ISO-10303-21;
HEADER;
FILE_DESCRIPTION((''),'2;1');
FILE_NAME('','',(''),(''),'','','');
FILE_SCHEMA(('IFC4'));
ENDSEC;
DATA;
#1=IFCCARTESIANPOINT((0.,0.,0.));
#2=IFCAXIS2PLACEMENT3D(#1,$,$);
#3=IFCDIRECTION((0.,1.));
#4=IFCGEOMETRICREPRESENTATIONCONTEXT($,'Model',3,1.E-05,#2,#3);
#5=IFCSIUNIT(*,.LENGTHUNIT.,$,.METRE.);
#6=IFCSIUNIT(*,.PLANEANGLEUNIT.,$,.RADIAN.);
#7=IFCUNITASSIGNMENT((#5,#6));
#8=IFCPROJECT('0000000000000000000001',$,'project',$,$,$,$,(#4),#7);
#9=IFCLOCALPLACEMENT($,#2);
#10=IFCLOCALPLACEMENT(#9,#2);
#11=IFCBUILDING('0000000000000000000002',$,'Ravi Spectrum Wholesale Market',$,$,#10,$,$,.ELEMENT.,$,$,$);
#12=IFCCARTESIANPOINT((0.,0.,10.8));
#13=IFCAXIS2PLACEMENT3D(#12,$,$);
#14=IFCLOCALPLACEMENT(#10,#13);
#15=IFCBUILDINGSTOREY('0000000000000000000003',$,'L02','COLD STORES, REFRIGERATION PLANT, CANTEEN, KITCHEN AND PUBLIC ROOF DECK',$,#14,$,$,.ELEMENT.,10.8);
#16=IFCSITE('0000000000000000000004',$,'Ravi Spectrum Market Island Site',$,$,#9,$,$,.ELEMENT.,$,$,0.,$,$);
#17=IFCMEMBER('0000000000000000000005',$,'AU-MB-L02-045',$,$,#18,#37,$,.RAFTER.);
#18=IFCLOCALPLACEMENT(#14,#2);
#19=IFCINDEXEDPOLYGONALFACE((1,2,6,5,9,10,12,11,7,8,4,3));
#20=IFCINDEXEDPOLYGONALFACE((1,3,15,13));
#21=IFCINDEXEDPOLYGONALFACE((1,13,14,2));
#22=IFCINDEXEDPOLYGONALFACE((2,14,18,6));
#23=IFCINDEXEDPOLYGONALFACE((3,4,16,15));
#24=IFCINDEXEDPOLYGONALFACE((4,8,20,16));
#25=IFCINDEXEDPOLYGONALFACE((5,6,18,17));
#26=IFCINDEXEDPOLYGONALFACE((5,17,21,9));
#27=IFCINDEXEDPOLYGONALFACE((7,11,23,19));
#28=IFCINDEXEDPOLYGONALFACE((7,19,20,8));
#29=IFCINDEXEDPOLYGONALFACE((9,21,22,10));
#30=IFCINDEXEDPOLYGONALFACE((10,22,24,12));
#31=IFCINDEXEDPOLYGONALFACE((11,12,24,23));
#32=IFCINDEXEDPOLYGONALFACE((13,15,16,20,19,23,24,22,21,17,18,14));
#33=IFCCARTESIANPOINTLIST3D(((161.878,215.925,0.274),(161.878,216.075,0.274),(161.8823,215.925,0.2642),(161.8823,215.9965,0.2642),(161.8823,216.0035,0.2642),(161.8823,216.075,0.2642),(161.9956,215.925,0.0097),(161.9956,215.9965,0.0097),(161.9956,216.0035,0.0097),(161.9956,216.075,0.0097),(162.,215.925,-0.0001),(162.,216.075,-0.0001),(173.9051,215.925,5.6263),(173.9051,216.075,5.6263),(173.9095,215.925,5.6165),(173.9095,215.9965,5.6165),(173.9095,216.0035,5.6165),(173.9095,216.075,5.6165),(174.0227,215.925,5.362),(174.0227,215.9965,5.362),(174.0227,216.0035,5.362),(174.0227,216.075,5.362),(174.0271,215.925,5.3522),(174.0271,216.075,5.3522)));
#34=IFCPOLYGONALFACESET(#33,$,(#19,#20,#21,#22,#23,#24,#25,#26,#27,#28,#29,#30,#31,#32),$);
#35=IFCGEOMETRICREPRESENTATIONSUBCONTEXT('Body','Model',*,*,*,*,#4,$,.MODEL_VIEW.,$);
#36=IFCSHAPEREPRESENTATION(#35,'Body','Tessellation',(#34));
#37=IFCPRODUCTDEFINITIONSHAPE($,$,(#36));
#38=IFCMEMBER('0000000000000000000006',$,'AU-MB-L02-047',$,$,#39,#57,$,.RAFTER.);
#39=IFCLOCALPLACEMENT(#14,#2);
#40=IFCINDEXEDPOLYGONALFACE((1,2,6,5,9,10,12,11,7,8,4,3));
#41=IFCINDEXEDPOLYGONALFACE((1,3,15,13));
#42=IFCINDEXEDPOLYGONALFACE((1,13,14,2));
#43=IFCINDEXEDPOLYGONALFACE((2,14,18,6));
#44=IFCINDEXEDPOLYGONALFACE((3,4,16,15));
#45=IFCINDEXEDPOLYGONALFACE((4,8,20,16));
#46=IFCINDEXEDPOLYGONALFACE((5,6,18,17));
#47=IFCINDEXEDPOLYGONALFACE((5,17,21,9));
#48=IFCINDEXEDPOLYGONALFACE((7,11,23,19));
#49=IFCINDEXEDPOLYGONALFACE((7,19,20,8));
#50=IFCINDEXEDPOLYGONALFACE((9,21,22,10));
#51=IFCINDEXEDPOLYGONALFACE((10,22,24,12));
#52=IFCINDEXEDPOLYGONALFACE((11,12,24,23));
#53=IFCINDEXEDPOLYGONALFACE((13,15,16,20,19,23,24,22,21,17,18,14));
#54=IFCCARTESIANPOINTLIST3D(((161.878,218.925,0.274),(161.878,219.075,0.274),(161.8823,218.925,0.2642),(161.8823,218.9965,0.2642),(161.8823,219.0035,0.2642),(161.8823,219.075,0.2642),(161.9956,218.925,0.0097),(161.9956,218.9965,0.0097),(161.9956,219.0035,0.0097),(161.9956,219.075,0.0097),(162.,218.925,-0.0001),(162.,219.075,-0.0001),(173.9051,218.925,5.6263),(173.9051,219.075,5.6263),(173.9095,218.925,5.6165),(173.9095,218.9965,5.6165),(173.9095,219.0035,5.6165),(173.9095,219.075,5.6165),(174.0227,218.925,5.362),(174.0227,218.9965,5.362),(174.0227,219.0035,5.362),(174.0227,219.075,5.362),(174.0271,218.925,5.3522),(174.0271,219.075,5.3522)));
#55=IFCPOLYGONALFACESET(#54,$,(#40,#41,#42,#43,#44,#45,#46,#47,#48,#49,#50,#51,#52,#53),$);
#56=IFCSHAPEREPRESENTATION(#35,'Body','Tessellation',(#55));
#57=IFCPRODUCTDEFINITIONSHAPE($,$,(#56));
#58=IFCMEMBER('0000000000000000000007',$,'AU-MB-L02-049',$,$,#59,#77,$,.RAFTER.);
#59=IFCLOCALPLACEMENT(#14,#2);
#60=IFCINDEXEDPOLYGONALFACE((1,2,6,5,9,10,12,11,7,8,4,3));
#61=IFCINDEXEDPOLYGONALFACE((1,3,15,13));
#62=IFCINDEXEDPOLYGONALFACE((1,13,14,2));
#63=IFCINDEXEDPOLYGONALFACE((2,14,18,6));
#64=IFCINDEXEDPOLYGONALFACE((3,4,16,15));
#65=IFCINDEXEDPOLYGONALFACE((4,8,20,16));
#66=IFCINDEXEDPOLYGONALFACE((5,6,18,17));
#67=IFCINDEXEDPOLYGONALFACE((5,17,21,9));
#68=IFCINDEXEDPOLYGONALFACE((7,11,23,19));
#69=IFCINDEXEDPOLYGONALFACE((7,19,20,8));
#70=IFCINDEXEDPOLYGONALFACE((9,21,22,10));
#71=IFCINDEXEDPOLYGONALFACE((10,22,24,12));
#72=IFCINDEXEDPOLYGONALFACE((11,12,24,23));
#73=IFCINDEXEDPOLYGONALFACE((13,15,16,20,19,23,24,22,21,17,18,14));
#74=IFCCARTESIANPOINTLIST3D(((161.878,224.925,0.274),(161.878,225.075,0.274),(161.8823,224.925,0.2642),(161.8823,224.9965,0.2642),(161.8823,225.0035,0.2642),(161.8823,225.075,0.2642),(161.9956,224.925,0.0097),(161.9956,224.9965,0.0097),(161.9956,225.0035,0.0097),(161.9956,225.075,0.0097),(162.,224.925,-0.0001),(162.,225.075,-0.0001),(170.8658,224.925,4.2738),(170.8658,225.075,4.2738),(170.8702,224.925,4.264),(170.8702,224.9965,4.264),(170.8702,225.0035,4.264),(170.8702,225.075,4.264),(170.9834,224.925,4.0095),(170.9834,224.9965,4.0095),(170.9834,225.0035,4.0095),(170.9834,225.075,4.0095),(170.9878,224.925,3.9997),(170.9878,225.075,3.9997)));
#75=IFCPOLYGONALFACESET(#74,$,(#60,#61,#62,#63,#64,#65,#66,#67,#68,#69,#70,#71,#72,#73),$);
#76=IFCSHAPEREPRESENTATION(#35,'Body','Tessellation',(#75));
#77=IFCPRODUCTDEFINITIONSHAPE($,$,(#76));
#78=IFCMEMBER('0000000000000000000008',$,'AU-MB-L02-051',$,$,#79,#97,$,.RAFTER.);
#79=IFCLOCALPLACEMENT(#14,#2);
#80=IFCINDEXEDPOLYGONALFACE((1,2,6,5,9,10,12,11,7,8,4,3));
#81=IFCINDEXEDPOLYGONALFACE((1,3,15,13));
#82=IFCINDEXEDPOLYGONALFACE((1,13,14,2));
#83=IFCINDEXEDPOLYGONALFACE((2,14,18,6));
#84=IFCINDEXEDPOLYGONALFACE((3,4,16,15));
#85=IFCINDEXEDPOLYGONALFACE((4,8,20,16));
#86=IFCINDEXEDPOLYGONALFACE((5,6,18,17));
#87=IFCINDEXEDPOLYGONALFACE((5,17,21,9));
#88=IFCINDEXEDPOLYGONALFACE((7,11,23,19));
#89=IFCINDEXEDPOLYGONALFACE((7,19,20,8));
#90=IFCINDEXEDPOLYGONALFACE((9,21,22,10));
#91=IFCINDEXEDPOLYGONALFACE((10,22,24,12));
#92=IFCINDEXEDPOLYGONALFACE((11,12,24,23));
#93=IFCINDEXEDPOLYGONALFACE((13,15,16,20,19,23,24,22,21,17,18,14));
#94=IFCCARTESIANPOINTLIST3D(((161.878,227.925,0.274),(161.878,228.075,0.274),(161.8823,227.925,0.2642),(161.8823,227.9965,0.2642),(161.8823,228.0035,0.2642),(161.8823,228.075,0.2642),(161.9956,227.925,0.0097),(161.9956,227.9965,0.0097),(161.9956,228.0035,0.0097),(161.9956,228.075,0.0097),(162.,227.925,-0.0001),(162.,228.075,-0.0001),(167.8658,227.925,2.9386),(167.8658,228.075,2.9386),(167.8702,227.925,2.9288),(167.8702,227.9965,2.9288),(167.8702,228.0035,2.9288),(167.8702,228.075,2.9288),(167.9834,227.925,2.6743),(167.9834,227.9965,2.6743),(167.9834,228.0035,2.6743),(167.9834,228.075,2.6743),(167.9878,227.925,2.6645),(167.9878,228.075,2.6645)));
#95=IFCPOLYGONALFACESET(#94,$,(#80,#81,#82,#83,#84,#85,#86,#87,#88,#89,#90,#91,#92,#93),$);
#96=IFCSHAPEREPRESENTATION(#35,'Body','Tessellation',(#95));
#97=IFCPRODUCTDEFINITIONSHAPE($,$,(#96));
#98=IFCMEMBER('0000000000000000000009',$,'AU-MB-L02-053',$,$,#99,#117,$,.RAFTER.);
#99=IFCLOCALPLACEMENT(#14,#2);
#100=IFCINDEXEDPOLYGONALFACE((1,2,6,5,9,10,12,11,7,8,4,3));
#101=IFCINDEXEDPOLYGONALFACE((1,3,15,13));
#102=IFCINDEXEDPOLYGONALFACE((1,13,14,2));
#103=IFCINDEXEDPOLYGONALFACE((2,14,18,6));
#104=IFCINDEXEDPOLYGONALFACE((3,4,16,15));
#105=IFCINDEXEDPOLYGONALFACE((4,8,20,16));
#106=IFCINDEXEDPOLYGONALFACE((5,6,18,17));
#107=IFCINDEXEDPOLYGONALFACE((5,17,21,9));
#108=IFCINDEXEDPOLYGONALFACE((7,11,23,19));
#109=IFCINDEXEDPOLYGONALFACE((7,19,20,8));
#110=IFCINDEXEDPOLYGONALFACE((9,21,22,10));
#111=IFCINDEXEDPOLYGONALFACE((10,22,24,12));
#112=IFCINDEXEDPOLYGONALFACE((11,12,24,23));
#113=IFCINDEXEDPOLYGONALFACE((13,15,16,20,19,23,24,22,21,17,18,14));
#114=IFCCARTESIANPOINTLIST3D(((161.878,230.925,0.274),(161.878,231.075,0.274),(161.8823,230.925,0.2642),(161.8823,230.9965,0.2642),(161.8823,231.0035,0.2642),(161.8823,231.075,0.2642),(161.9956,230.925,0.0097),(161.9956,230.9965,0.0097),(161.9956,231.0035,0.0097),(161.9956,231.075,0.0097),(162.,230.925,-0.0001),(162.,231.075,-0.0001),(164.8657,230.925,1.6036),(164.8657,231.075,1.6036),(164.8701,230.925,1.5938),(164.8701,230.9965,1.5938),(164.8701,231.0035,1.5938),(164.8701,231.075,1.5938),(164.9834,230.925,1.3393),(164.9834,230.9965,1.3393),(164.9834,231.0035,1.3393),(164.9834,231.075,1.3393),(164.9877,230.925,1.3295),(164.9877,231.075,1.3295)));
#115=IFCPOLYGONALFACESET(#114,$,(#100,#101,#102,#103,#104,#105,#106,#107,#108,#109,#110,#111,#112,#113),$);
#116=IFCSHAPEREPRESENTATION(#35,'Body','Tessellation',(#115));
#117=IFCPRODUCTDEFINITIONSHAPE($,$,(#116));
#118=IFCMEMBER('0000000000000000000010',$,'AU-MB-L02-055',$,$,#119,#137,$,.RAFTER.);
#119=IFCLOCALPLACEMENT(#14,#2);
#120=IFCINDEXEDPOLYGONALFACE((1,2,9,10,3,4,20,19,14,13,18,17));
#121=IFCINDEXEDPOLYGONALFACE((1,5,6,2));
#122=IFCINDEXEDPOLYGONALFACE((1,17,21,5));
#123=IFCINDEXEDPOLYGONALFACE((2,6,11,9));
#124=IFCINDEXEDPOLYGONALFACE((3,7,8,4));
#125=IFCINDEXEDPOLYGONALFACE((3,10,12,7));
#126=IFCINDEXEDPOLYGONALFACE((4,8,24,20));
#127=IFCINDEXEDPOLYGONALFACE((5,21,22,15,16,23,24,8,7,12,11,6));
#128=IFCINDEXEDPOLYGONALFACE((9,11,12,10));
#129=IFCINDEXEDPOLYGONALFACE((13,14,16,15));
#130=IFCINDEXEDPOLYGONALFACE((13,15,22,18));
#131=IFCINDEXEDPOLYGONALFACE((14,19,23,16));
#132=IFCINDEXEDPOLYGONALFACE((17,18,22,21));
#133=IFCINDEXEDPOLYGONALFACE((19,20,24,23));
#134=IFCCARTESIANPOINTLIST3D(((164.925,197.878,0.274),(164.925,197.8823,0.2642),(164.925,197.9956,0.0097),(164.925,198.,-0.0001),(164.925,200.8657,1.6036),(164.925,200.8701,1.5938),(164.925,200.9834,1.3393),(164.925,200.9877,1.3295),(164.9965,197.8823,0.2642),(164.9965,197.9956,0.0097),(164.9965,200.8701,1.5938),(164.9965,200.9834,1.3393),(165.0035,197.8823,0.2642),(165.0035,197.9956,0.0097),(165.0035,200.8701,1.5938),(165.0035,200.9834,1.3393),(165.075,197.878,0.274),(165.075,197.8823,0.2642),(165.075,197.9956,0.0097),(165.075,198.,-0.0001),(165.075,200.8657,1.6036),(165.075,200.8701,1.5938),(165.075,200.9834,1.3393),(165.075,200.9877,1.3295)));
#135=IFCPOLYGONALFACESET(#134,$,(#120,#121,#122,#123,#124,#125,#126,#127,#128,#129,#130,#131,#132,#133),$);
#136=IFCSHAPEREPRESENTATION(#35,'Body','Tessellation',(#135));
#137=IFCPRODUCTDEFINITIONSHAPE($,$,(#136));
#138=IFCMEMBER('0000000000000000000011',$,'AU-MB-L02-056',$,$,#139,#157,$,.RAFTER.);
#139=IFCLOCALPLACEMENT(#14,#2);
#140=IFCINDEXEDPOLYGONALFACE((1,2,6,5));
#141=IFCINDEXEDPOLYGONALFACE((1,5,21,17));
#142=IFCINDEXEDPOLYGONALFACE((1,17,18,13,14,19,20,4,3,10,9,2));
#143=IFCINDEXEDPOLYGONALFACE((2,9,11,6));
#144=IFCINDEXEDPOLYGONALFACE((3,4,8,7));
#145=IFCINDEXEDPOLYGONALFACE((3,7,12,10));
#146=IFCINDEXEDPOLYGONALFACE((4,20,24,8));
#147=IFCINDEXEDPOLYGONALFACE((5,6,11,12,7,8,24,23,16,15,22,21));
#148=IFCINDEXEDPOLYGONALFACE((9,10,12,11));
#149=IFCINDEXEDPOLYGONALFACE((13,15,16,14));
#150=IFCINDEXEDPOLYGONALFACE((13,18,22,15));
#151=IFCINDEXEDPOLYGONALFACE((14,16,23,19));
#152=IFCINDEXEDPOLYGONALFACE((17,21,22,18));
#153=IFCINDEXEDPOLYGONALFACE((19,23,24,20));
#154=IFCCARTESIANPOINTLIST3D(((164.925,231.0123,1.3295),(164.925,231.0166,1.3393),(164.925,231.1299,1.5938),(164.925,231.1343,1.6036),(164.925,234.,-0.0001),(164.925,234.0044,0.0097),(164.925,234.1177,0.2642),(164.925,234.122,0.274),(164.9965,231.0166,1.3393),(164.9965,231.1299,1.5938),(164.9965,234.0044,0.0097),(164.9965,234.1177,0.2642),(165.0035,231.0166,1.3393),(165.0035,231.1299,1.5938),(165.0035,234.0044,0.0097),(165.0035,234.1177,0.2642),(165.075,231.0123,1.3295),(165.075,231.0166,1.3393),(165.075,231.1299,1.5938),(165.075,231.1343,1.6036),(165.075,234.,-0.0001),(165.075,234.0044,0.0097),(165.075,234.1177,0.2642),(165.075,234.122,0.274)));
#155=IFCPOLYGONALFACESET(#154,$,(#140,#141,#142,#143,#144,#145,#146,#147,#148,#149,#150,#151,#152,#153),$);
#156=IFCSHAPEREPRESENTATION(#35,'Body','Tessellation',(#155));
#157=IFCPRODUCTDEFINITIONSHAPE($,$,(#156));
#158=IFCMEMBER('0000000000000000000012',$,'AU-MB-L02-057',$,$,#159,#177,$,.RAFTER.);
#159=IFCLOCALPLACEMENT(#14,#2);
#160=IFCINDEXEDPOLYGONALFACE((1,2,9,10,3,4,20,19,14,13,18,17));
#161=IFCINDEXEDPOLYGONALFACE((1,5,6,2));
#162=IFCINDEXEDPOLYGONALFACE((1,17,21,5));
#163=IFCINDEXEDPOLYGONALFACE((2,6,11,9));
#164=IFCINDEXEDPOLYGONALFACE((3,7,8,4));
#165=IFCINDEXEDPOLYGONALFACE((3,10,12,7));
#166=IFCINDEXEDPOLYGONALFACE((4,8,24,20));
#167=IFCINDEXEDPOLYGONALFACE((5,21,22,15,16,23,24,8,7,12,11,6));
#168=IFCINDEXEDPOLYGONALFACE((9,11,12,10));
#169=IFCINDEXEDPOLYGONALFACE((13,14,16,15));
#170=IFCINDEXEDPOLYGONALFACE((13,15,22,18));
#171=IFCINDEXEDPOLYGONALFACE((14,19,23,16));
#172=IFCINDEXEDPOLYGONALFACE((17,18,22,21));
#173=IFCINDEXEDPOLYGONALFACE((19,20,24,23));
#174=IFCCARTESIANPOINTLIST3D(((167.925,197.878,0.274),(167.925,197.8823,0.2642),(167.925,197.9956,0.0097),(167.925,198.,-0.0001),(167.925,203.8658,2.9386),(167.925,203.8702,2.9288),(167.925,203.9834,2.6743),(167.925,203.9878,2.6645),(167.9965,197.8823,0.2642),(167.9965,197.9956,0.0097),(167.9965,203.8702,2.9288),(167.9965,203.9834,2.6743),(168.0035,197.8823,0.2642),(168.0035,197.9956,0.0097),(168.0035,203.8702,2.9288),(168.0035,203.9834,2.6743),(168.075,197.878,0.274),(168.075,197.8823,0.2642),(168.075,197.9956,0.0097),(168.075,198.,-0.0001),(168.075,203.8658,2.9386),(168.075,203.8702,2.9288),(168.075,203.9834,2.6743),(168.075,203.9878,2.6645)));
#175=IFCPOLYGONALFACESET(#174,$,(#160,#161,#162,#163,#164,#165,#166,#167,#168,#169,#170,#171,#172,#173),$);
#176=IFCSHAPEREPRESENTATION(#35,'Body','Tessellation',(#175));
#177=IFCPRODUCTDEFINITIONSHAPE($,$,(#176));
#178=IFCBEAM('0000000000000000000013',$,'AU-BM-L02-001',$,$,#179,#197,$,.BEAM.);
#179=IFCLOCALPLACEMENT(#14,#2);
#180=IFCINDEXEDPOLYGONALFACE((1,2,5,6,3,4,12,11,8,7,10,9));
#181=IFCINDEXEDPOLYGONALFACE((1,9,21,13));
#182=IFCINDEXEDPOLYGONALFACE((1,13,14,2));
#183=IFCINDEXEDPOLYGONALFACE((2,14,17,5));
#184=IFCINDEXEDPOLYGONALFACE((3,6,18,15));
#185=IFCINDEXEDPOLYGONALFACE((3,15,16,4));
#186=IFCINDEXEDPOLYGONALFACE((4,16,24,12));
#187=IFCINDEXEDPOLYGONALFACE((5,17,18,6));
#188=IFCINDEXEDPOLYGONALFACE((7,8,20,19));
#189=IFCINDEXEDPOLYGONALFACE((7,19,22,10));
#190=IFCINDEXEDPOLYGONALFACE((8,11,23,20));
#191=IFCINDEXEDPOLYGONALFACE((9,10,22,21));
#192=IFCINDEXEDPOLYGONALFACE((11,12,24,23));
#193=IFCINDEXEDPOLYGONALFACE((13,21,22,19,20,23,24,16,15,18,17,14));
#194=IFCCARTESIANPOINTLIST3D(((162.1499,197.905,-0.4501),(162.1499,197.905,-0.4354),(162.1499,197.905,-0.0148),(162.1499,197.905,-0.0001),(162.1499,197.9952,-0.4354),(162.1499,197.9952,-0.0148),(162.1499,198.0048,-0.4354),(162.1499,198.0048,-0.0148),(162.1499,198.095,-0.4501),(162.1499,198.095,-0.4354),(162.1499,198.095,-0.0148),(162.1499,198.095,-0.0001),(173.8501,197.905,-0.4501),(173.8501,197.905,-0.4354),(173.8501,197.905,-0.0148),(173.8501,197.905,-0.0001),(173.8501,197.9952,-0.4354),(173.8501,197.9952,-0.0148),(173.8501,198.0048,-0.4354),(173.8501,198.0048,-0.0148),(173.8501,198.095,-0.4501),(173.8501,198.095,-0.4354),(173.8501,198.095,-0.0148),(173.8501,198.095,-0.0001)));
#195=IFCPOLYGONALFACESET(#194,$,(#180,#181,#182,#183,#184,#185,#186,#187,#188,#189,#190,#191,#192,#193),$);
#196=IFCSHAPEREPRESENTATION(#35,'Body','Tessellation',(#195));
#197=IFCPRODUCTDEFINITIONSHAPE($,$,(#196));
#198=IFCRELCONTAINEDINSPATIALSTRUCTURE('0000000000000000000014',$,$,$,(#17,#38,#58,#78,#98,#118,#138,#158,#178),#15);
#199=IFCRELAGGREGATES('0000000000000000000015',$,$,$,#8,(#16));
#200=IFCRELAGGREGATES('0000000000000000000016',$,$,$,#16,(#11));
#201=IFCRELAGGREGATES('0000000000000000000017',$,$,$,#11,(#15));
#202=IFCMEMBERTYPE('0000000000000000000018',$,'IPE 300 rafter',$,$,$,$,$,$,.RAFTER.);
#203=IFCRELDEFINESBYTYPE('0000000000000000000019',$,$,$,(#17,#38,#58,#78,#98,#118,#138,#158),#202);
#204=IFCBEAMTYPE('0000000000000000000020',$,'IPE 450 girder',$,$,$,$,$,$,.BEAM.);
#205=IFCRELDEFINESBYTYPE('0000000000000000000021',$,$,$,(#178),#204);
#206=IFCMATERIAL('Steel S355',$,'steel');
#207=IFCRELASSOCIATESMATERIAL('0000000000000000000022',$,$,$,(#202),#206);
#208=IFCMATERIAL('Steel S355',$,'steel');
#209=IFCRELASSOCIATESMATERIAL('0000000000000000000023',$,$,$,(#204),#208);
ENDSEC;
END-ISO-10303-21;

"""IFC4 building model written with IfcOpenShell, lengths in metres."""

from ifc_helpers import new_model, si_unit, direction, frame, origin, origin_2d, place, context, subcontext, project, spatial, i_section, extrude, material, material_profile, profile_set, type_object, element, save


model = new_model("IFC4")

# Units and contexts
model_context = context("Model", 3, precision=1e-05, world=origin(), true_north=direction((0.0, 1.0)))
body_context = subcontext(model_context, "Body", "Model", "MODEL_VIEW")
ifc_project = project(units=[si_unit("LENGTHUNIT", "METRE"), si_unit("PLANEANGLEUNIT", "RADIAN")], contexts=[model_context])

# Site, building, storey
site_placement = place(None, origin())
site = spatial("IfcSite", under=ifc_project, at=site_placement, Name="Ravi Spectrum Market Island Site", CompositionType="ELEMENT", RefElevation=0.0)
building_placement = place(site_placement, origin())
building = spatial("IfcBuilding", under=site, at=building_placement, Name="Ravi Spectrum Wholesale Market", CompositionType="ELEMENT")
storey_placement = place(building_placement, frame((0.0, 0.0, 10.8)))
storey = spatial("IfcBuildingStorey", under=building, at=storey_placement, Name="L02", Description="COLD STORES, REFRIGERATION PLANT, CANTEEN, KITCHEN AND PUBLIC ROOF DECK", CompositionType="ELEMENT", Elevation=10.8)

# Members
ifc_material_1 = material(Name="Steel S355", Category="steel")
ifc_material_profile_1 = material_profile(ifc_material_1, i_section(OverallWidth=0.1499, OverallDepth=0.3, WebThickness=0.0071, FlangeThickness=0.0107, at=origin_2d()))
ifc_profile_set_1 = profile_set([ifc_material_profile_1], Name="Steel S355")
member_type_1 = type_object("IfcMemberType", Name="IPE 300 rafter", PredefinedType="RAFTER", material=ifc_profile_set_1)
for number, where, z_axis, x_axis, name in (
    (1, (161.939, 216.0, 0.137), (0.913616, 0.0, 0.406577), (0.0, 1.0, 0.0), "AU-MB-L02-045"),
    (2, (161.939, 219.0, 0.137), (0.913616, 0.0, 0.406577), (0.0, 1.0, 0.0), "AU-MB-L02-047"),
):
    element("IfcMember", number, at=place(storey_placement, frame(where, z_axis=z_axis, x_axis=x_axis)), inside=storey, type_object=member_type_1, Name=name, PredefinedType="RAFTER", context=body_context, shape_type="SweptSolid", body=[
        extrude(i_section(OverallWidth=0.1499, OverallDepth=0.3, WebThickness=0.0071, FlangeThickness=0.0107, at=origin_2d()), origin(), (0.0, 0.0, 1.0), 13.1643),
    ])
member_1_placement = place(storey_placement, frame((161.939, 225.0, 0.137), z_axis=(0.913616, 0.0, 0.406578), x_axis=(0.0, 1.0, 0.0)))
element("IfcMember", 3, at=member_1_placement, inside=storey, type_object=member_type_1, Name="AU-MB-L02-049", PredefinedType="RAFTER", context=body_context, shape_type="SweptSolid", body=[
    extrude(i_section(OverallWidth=0.1499, OverallDepth=0.3, WebThickness=0.0071, FlangeThickness=0.0107, at=origin_2d()), origin(), (0.0, 0.0, 1.0), 9.8376),
])
member_2_placement = place(storey_placement, frame((161.939, 228.0, 0.137), z_axis=(0.913624, 0.0, 0.40656), x_axis=(0.0, 1.0, 0.0)))
element("IfcMember", 4, at=member_2_placement, inside=storey, type_object=member_type_1, Name="AU-MB-L02-051", PredefinedType="RAFTER", context=body_context, shape_type="SweptSolid", body=[
    extrude(i_section(OverallWidth=0.1499, OverallDepth=0.3, WebThickness=0.0071, FlangeThickness=0.0107, at=origin_2d()), origin(), (0.0, 0.0, 1.0), 6.554),
])
for number, where, z_axis, x_axis, name in (
    (5, (161.939, 231.0, 0.137), (0.913621, 0.0, 0.406568), (0.0, 1.0, 0.0), "AU-MB-L02-053"),
    (6, (165.0, 197.939, 0.137), (0.0, 0.913621, 0.406568), (-1.0, 0.0, 0.0), "AU-MB-L02-055"),
    (7, (165.0, 234.061, 0.137), (0.0, -0.913621, 0.406568), (1.0, 0.0, 0.0), "AU-MB-L02-056"),
):
    element("IfcMember", number, at=place(storey_placement, frame(where, z_axis=z_axis, x_axis=x_axis)), inside=storey, type_object=member_type_1, Name=name, PredefinedType="RAFTER", context=body_context, shape_type="SweptSolid", body=[
        extrude(i_section(OverallWidth=0.1499, OverallDepth=0.3, WebThickness=0.0071, FlangeThickness=0.0107, at=origin_2d()), origin(), (0.0, 0.0, 1.0), 3.2703),
    ])
member_3_placement = place(storey_placement, frame((168.0, 197.939, 0.137), z_axis=(0.0, 0.913624, 0.40656), x_axis=(-1.0, 0.0, 0.0)))
element("IfcMember", 8, at=member_3_placement, inside=storey, type_object=member_type_1, Name="AU-MB-L02-057", PredefinedType="RAFTER", context=body_context, shape_type="SweptSolid", body=[
    extrude(i_section(OverallWidth=0.1499, OverallDepth=0.3, WebThickness=0.0071, FlangeThickness=0.0107, at=origin_2d()), origin(), (0.0, 0.0, 1.0), 6.554),
])

# Beam
ifc_material_2 = material(Name="Steel S355", Category="steel")
ifc_material_profile_2 = material_profile(ifc_material_2, i_section(OverallWidth=0.1899, OverallDepth=0.45, WebThickness=0.0095, FlangeThickness=0.0146, at=origin_2d()))
ifc_profile_set_2 = profile_set([ifc_material_profile_2], Name="Steel S355")
beam_type = type_object("IfcBeamType", Name="IPE 450 girder", PredefinedType="BEAM", material=ifc_profile_set_2)
for number, where, z_axis, x_axis, name in (
    (9, (162.1499, 198.0, -0.2251), (1.0, 0.0, 0.0), (0.0, 1.0, 0.0), "AU-BM-L02-001"),
):
    element("IfcBeam", number, at=place(storey_placement, frame(where, z_axis=z_axis, x_axis=x_axis)), inside=storey, type_object=beam_type, Name=name, PredefinedType="BEAM", context=body_context, shape_type="SweptSolid", body=[
        extrude(i_section(OverallWidth=0.1899, OverallDepth=0.45, WebThickness=0.0095, FlangeThickness=0.0146, at=origin_2d()), origin(), (0.0, 0.0, 1.0), 11.7002),
    ])

save(model, "model.ifc")
